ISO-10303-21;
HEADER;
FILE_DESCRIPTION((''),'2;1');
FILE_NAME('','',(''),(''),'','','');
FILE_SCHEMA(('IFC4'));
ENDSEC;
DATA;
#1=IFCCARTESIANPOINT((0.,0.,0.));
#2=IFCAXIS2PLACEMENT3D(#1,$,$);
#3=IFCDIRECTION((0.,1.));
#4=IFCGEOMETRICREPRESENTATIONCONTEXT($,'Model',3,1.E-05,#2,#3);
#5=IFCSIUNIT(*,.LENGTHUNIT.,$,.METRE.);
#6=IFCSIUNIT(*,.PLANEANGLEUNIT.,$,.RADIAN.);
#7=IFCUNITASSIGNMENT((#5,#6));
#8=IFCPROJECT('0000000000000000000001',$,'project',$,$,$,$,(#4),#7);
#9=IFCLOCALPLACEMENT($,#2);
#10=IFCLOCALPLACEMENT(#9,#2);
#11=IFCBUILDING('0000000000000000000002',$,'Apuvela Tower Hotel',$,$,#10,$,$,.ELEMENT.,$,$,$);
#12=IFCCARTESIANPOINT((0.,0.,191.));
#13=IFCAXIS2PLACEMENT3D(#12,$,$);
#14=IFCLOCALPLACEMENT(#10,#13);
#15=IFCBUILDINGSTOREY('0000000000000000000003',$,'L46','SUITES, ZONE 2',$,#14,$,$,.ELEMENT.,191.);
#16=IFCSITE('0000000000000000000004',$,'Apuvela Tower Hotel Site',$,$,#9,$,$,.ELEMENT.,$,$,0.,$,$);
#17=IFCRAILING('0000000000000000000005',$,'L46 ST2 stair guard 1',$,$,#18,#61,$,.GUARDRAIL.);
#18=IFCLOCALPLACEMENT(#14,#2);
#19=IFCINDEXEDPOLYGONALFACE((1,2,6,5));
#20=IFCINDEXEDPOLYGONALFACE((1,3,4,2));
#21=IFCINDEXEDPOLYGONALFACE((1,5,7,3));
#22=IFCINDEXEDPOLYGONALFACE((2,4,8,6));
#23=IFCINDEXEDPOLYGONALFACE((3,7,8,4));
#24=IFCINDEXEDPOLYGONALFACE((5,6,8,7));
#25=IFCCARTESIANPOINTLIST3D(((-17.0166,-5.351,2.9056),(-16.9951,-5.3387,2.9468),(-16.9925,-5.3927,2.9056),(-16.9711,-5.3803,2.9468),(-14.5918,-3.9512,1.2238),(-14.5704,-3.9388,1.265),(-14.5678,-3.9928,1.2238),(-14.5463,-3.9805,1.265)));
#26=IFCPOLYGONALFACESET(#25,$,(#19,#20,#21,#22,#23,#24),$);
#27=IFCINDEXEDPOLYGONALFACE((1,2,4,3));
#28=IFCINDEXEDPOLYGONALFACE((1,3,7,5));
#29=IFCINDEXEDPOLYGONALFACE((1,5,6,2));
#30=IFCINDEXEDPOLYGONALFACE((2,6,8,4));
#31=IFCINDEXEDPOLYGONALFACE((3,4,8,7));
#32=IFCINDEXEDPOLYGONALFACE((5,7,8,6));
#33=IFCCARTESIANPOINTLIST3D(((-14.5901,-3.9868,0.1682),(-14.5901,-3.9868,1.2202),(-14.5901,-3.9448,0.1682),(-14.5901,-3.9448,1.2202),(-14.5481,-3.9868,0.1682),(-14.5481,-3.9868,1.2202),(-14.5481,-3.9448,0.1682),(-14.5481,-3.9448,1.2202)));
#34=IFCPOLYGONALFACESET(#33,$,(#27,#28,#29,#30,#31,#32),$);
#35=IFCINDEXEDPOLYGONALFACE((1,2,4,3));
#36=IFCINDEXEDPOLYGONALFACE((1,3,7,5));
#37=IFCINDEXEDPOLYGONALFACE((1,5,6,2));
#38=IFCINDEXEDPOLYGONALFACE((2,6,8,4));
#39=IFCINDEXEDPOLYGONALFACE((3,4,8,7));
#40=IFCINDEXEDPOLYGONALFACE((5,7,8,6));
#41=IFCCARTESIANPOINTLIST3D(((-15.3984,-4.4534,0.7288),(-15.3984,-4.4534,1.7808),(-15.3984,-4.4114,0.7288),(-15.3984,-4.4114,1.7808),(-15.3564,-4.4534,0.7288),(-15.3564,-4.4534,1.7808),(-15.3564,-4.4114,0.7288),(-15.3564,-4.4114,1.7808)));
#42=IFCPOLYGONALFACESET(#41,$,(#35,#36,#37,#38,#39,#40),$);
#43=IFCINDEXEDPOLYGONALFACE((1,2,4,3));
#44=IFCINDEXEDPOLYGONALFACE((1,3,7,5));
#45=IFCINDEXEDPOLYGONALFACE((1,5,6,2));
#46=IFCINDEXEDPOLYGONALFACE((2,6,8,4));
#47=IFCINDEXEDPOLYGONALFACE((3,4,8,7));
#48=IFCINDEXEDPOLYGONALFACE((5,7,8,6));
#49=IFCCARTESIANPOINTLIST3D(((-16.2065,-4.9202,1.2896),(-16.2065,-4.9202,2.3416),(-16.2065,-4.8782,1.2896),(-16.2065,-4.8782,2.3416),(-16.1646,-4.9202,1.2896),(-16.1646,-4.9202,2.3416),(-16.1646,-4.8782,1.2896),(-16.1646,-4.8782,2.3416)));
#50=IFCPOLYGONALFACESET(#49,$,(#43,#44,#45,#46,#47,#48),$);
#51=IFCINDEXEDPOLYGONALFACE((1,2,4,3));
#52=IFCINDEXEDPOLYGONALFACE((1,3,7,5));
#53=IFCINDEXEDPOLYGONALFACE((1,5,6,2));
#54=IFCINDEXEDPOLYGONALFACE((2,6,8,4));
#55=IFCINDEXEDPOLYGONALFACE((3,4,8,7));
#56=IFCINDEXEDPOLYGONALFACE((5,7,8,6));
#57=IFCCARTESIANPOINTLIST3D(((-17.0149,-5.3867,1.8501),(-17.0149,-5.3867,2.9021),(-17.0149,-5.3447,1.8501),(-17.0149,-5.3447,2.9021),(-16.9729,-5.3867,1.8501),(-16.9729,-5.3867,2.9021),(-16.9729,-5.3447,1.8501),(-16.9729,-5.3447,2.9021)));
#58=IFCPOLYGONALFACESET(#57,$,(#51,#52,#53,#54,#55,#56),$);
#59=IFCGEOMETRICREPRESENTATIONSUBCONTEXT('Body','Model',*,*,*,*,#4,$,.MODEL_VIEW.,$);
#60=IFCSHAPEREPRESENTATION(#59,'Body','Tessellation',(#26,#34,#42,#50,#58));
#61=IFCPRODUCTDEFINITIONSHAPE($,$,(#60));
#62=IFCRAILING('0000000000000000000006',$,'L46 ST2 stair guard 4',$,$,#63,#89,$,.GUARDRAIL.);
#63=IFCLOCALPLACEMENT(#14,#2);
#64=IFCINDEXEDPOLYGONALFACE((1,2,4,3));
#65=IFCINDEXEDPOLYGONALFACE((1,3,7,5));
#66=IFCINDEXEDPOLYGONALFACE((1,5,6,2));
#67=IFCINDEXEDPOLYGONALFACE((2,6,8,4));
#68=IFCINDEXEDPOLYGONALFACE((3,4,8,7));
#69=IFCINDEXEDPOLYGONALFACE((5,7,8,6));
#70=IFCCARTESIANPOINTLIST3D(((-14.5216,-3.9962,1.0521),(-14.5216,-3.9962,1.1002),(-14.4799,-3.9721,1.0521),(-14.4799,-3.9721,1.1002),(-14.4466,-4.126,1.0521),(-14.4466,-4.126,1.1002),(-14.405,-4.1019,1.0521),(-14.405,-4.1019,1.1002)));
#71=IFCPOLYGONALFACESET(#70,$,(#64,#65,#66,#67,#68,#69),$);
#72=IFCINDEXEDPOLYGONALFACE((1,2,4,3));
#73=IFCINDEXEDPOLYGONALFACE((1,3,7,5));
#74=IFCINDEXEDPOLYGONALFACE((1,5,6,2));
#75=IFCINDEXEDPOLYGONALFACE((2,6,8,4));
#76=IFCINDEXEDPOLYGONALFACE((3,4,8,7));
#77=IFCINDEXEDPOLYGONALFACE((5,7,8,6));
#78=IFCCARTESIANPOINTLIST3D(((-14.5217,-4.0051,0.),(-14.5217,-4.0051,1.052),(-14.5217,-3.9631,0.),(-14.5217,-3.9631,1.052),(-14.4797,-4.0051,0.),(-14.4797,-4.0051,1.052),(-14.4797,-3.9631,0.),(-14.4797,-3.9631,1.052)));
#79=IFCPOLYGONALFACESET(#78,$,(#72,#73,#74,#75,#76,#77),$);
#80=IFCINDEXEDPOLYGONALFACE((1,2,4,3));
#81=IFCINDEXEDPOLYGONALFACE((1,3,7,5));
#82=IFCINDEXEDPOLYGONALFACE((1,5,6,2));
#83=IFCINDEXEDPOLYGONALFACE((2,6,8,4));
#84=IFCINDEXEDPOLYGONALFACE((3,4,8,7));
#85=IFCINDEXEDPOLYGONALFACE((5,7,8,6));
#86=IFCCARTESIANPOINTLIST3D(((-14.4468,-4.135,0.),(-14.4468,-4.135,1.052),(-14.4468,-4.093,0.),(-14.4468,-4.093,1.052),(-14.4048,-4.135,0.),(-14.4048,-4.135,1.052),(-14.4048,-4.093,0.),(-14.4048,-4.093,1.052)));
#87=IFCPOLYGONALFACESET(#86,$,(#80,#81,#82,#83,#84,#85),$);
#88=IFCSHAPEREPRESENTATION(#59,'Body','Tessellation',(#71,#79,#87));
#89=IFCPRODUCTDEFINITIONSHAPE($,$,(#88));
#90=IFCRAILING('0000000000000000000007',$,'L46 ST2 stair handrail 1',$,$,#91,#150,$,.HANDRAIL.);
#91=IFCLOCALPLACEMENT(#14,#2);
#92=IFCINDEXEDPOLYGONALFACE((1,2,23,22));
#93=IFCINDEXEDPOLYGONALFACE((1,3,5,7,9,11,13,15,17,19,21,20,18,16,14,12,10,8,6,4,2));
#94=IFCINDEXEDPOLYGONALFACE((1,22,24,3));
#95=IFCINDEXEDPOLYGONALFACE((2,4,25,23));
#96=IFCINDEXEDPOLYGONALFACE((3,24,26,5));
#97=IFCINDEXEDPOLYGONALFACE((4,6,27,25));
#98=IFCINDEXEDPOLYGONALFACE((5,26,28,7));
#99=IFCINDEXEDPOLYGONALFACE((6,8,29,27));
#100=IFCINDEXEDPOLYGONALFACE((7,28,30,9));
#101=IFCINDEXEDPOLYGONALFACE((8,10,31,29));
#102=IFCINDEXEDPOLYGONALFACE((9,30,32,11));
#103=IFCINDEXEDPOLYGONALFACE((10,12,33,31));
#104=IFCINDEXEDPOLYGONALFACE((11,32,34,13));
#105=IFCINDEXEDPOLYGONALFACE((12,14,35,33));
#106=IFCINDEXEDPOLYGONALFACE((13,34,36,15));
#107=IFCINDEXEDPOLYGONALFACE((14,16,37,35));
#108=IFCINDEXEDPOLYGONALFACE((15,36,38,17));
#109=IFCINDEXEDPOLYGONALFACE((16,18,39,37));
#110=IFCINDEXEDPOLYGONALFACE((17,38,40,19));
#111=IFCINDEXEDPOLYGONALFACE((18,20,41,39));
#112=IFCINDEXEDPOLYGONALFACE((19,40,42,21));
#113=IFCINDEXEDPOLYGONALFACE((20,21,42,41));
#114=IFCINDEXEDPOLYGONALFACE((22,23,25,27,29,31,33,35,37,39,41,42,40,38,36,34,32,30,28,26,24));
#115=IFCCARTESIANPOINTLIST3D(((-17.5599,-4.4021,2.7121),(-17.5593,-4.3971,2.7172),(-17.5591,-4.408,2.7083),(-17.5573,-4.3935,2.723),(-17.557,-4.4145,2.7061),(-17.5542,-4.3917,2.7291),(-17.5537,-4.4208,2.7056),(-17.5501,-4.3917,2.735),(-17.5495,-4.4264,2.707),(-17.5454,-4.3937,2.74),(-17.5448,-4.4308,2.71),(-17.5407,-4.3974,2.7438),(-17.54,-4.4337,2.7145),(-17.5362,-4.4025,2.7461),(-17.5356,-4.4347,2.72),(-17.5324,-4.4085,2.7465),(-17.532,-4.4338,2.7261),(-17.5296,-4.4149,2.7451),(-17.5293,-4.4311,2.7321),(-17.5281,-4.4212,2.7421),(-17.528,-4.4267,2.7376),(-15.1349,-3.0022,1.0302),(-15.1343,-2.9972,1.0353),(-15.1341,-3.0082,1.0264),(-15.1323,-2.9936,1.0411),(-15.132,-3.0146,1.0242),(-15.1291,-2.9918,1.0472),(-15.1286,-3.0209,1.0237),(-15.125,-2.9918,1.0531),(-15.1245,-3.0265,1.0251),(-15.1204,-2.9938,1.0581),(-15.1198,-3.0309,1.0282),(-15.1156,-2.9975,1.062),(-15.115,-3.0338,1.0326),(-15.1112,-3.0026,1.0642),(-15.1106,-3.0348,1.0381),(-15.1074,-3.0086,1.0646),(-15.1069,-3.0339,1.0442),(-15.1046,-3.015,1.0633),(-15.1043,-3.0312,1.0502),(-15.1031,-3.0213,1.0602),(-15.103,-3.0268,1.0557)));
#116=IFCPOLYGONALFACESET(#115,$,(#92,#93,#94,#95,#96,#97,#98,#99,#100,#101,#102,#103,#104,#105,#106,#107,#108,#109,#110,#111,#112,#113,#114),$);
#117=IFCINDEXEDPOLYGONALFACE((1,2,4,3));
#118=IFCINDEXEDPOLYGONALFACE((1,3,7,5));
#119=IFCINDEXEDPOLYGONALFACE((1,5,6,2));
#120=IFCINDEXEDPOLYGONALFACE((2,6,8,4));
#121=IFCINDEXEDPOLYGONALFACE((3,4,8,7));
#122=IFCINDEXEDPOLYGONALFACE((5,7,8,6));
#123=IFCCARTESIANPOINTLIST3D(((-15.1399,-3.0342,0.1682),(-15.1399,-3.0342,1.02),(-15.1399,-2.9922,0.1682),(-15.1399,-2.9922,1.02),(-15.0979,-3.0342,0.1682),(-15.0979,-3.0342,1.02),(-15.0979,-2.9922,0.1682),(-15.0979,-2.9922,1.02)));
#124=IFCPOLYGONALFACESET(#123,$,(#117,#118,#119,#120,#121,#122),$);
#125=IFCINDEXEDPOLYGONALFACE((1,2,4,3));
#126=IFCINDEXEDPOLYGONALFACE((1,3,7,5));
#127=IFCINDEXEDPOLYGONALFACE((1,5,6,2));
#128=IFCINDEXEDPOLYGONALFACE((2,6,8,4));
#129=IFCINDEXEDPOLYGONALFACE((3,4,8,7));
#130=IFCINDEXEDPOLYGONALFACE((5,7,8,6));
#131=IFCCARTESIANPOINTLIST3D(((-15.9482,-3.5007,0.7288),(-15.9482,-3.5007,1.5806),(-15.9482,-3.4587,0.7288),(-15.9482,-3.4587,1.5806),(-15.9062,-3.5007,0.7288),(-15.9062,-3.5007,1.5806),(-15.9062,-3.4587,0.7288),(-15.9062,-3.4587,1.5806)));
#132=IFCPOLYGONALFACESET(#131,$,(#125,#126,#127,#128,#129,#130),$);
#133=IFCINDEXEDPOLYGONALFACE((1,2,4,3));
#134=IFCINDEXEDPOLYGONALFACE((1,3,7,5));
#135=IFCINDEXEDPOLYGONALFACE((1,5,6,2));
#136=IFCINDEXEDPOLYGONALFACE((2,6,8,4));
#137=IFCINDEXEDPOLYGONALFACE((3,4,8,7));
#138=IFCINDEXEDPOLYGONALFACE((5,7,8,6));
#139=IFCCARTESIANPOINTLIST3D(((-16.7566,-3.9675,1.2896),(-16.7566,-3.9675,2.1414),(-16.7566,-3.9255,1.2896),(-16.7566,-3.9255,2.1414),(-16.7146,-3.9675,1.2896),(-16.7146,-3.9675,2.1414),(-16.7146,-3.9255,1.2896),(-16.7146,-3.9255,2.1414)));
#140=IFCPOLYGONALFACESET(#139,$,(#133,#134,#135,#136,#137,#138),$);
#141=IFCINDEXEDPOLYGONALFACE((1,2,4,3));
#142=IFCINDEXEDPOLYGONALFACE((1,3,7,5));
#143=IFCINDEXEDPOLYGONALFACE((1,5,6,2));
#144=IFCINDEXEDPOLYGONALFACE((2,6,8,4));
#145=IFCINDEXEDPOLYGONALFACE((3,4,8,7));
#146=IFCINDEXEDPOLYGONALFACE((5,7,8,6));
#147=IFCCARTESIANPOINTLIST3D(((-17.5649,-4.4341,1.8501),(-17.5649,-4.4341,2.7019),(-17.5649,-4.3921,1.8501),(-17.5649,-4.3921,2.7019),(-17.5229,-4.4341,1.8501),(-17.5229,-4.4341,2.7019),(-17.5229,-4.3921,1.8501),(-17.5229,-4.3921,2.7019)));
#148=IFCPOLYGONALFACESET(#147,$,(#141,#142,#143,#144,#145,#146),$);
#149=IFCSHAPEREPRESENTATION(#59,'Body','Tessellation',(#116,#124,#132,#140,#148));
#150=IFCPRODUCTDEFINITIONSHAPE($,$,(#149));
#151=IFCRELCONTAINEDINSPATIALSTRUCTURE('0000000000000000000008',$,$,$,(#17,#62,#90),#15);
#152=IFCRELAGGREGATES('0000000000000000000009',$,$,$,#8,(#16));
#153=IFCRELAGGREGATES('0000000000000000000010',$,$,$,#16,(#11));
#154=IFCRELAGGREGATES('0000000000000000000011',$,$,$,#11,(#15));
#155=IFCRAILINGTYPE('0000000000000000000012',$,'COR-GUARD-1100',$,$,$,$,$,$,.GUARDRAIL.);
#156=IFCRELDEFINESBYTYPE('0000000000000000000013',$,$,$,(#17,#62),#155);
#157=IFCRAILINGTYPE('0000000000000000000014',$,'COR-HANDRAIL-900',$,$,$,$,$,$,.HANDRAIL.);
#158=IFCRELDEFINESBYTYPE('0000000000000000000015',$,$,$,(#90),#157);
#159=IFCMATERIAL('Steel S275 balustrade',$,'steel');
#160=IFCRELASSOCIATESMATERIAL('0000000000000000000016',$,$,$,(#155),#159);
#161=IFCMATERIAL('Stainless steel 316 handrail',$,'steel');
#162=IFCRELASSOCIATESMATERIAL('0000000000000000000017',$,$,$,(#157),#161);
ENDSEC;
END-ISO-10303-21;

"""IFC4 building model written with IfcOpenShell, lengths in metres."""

from ifc_helpers import new_model, si_unit, direction, frame, origin, origin_2d, place, context, subcontext, project, spatial, rectangle, circle, extrude, material, type_object, element, save


model = new_model("IFC4")

# Units and contexts
model_context = context("Model", 3, precision=1e-05, world=origin(), true_north=direction((0.0, 1.0)))
body_context = subcontext(model_context, "Body", "Model", "MODEL_VIEW")
ifc_project = project(units=[si_unit("LENGTHUNIT", "METRE"), si_unit("PLANEANGLEUNIT", "RADIAN")], contexts=[model_context])

# Site, building, storey
site_placement = place(None, origin())
site = spatial("IfcSite", under=ifc_project, at=site_placement, Name="Apuvela Tower Hotel Site", CompositionType="ELEMENT", RefElevation=0.0)
building_placement = place(site_placement, origin())
building = spatial("IfcBuilding", under=site, at=building_placement, Name="Apuvela Tower Hotel", CompositionType="ELEMENT")
storey_placement = place(building_placement, frame((0.0, 0.0, 191.0)))
storey = spatial("IfcBuildingStorey", under=building, at=storey_placement, Name="L46", Description="SUITES, ZONE 2", CompositionType="ELEMENT", Elevation=191.0)

# Railings
ifc_material_1 = material(Name="Steel S275 balustrade", Category="steel")
railing_type_1 = type_object("IfcRailingType", Name="COR-GUARD-1100", PredefinedType="GUARDRAIL", material=ifc_material_1)
railing_1_placement = place(storey_placement, frame((-14.5691, -3.9658, 0.1682)))
element("IfcRailing", 1, at=railing_1_placement, inside=storey, type_object=railing_type_1, Name="L46 ST2 stair guard 1", PredefinedType="GUARDRAIL", context=body_context, shape_type="SweptSolid", body=[
    extrude(rectangle(XDim=0.0481, YDim=0.0481, at=origin_2d()), frame((0.0, 0.0, 1.0762), z_axis=(-0.74239, -0.428601, 0.514934), x_axis=(0.499984, -0.866035, 0.0)), (0.0, 0.0, 1.0), 3.2661),
    extrude(rectangle(XDim=0.042, YDim=0.042, at=origin_2d()), origin(), (0.0, 0.0, 1.0), 1.052),
    extrude(rectangle(XDim=0.042, YDim=0.042, at=origin_2d()), frame((-0.8083, -0.4666, 0.5605)), (0.0, 0.0, 1.0), 1.052),
    extrude(rectangle(XDim=0.042, YDim=0.042, at=origin_2d()), frame((-1.6165, -0.9333, 1.1213)), (0.0, 0.0, 1.0), 1.052),
    extrude(rectangle(XDim=0.042, YDim=0.042, at=origin_2d()), frame((-2.4248, -1.3999, 1.6819)), (0.0, 0.0, 1.0), 1.052),
])
railing_2_placement = place(storey_placement, frame((-14.5007, -3.9841, 0.0)))
element("IfcRailing", 2, at=railing_2_placement, inside=storey, type_object=railing_type_1, Name="L46 ST2 stair guard 4", PredefinedType="GUARDRAIL", context=body_context, shape_type="SweptSolid", body=[
    extrude(rectangle(XDim=0.0481, YDim=0.0481, at=origin_2d()), frame((0.0, 0.0, 1.0762), z_axis=(0.499816, -0.866131, 0.0), x_axis=(0.866131, 0.499816, 0.0)), (0.0, 0.0, 1.0), 0.1499),
    extrude(rectangle(XDim=0.042, YDim=0.042, at=origin_2d()), origin(), (0.0, 0.0, 1.0), 1.052),
    extrude(rectangle(XDim=0.042, YDim=0.042, at=origin_2d()), frame((0.075, -0.1299, 0.0)), (0.0, 0.0, 1.0), 1.052),
])
ifc_material_2 = material(Name="Stainless steel 316 handrail", Category="steel")
railing_type_2 = type_object("IfcRailingType", Name="COR-HANDRAIL-900", PredefinedType="HANDRAIL", material=ifc_material_2)
railing_3_placement = place(storey_placement, frame((-15.1189, -3.0132, 0.1682)))
element("IfcRailing", 3, at=railing_3_placement, inside=storey, type_object=railing_type_2, Name="L46 ST2 stair handrail 1", PredefinedType="HANDRAIL", context=body_context, shape_type="SweptSolid", body=[
    extrude(circle(Radius=0.0239, at=origin_2d()), frame((0.0, 0.0, 0.876), z_axis=(-0.742424, -0.428577, 0.514906), x_axis=(0.499946, -0.866056, 0.0)), (0.0, 0.0, 1.0), 3.2664),
    extrude(rectangle(XDim=0.042, YDim=0.042, at=origin_2d()), origin(), (0.0, 0.0, 1.0), 0.8518),
    extrude(rectangle(XDim=0.042, YDim=0.042, at=origin_2d()), frame((-0.8083, -0.4666, 0.5605)), (0.0, 0.0, 1.0), 0.8518),
    extrude(rectangle(XDim=0.042, YDim=0.042, at=origin_2d()), frame((-1.6167, -0.9333, 1.1213)), (0.0, 0.0, 1.0), 0.8518),
    extrude(rectangle(XDim=0.042, YDim=0.042, at=origin_2d()), frame((-2.425, -1.3999, 1.6819)), (0.0, 0.0, 1.0), 0.8518),
])

save(model, "model.ifc")
